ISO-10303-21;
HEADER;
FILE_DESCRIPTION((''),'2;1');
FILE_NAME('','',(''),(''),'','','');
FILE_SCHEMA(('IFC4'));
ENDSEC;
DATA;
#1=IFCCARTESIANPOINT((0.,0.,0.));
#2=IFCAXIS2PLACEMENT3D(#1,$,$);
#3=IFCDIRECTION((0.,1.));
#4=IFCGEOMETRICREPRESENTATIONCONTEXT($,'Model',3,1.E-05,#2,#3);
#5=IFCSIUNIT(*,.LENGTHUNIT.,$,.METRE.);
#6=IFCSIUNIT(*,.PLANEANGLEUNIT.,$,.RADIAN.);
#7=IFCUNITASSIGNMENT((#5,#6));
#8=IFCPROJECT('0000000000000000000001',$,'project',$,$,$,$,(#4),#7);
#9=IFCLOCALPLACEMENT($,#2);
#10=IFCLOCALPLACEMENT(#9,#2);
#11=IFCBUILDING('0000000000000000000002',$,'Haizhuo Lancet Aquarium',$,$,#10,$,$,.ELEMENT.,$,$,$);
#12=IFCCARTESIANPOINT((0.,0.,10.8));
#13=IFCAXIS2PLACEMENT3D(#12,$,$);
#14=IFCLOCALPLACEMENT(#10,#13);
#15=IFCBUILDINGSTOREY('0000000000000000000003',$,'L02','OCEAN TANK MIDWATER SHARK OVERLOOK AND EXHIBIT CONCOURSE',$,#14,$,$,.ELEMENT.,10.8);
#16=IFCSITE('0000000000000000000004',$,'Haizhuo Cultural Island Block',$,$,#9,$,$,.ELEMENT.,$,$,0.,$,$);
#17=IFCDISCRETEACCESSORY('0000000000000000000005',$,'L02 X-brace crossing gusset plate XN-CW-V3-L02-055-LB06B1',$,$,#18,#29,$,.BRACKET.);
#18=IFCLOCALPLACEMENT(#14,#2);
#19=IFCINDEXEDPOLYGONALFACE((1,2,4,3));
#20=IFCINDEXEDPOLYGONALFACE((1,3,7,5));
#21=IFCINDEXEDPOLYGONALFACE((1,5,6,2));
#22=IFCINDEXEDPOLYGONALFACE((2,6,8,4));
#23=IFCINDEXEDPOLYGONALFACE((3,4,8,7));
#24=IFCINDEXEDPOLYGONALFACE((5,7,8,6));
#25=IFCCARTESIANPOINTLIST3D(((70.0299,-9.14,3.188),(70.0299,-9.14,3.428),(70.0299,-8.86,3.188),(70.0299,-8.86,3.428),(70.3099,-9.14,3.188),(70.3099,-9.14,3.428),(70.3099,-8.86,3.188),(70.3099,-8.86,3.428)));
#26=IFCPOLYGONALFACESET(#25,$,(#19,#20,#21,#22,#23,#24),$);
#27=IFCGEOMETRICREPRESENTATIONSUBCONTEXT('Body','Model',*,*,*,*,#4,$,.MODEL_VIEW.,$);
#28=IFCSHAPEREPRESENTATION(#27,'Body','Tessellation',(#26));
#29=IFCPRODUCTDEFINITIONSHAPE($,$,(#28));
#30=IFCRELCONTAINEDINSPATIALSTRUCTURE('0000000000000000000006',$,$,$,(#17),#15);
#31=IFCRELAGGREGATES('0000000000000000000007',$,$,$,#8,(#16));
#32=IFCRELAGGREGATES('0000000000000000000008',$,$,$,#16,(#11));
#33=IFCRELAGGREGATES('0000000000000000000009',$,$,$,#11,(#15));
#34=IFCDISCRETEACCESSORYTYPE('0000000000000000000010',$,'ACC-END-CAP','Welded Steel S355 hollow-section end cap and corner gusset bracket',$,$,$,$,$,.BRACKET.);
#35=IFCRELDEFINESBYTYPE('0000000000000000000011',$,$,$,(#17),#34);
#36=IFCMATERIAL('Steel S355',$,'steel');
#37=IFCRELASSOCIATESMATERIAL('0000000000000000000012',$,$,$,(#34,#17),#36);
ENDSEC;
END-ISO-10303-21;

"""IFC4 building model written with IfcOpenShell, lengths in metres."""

from ifc_helpers import new_model, si_unit, direction, frame, origin, origin_2d, place, context, subcontext, project, spatial, rectangle, extrude, material, type_object, element, save


model = new_model("IFC4")

# Units and contexts
model_context = context("Model", 3, precision=1e-05, world=origin(), true_north=direction((0.0, 1.0)))
body_context = subcontext(model_context, "Body", "Model", "MODEL_VIEW")
ifc_project = project(units=[si_unit("LENGTHUNIT", "METRE"), si_unit("PLANEANGLEUNIT", "RADIAN")], contexts=[model_context])

# Site, building, storey
site_placement = place(None, origin())
site = spatial("IfcSite", under=ifc_project, at=site_placement, Name="Haizhuo Cultural Island Block", CompositionType="ELEMENT", RefElevation=0.0)
building_placement = place(site_placement, origin())
building = spatial("IfcBuilding", under=site, at=building_placement, Name="Haizhuo Lancet Aquarium", CompositionType="ELEMENT")
storey_placement = place(building_placement, frame((0.0, 0.0, 10.8)))
storey = spatial("IfcBuildingStorey", under=building, at=storey_placement, Name="L02", Description="OCEAN TANK MIDWATER SHARK OVERLOOK AND EXHIBIT CONCOURSE", CompositionType="ELEMENT", Elevation=10.8)

# Shared definitions
ifc_material_1 = material(Name="Steel S355", Category="steel")

# Discrete accessory
discrete_accessory_type = type_object("IfcDiscreteAccessoryType", Name="ACC-END-CAP", Description="Welded Steel S355 hollow-section end cap and corner gusset bracket", PredefinedType="BRACKET", material=ifc_material_1)
for number, where, z_axis, x_axis, name in (
    (1, (70.1699, -9.0, 3.188), (0.0, 0.0, 1.0), (1.0, 0.0, 0.0), "L02 X-brace crossing gusset plate XN-CW-V3-L02-055-LB06B1"),
):
    element("IfcDiscreteAccessory", number, at=place(storey_placement, frame(where, z_axis=z_axis, x_axis=x_axis)), inside=storey, type_object=discrete_accessory_type, material=ifc_material_1, Name=name, PredefinedType="BRACKET", context=body_context, shape_type="SweptSolid", body=[
        extrude(rectangle(XDim=0.28, YDim=0.28, at=origin_2d()), origin(), (0.0, 0.0, 1.0), 0.24),
    ])

save(model, "model.ifc")
